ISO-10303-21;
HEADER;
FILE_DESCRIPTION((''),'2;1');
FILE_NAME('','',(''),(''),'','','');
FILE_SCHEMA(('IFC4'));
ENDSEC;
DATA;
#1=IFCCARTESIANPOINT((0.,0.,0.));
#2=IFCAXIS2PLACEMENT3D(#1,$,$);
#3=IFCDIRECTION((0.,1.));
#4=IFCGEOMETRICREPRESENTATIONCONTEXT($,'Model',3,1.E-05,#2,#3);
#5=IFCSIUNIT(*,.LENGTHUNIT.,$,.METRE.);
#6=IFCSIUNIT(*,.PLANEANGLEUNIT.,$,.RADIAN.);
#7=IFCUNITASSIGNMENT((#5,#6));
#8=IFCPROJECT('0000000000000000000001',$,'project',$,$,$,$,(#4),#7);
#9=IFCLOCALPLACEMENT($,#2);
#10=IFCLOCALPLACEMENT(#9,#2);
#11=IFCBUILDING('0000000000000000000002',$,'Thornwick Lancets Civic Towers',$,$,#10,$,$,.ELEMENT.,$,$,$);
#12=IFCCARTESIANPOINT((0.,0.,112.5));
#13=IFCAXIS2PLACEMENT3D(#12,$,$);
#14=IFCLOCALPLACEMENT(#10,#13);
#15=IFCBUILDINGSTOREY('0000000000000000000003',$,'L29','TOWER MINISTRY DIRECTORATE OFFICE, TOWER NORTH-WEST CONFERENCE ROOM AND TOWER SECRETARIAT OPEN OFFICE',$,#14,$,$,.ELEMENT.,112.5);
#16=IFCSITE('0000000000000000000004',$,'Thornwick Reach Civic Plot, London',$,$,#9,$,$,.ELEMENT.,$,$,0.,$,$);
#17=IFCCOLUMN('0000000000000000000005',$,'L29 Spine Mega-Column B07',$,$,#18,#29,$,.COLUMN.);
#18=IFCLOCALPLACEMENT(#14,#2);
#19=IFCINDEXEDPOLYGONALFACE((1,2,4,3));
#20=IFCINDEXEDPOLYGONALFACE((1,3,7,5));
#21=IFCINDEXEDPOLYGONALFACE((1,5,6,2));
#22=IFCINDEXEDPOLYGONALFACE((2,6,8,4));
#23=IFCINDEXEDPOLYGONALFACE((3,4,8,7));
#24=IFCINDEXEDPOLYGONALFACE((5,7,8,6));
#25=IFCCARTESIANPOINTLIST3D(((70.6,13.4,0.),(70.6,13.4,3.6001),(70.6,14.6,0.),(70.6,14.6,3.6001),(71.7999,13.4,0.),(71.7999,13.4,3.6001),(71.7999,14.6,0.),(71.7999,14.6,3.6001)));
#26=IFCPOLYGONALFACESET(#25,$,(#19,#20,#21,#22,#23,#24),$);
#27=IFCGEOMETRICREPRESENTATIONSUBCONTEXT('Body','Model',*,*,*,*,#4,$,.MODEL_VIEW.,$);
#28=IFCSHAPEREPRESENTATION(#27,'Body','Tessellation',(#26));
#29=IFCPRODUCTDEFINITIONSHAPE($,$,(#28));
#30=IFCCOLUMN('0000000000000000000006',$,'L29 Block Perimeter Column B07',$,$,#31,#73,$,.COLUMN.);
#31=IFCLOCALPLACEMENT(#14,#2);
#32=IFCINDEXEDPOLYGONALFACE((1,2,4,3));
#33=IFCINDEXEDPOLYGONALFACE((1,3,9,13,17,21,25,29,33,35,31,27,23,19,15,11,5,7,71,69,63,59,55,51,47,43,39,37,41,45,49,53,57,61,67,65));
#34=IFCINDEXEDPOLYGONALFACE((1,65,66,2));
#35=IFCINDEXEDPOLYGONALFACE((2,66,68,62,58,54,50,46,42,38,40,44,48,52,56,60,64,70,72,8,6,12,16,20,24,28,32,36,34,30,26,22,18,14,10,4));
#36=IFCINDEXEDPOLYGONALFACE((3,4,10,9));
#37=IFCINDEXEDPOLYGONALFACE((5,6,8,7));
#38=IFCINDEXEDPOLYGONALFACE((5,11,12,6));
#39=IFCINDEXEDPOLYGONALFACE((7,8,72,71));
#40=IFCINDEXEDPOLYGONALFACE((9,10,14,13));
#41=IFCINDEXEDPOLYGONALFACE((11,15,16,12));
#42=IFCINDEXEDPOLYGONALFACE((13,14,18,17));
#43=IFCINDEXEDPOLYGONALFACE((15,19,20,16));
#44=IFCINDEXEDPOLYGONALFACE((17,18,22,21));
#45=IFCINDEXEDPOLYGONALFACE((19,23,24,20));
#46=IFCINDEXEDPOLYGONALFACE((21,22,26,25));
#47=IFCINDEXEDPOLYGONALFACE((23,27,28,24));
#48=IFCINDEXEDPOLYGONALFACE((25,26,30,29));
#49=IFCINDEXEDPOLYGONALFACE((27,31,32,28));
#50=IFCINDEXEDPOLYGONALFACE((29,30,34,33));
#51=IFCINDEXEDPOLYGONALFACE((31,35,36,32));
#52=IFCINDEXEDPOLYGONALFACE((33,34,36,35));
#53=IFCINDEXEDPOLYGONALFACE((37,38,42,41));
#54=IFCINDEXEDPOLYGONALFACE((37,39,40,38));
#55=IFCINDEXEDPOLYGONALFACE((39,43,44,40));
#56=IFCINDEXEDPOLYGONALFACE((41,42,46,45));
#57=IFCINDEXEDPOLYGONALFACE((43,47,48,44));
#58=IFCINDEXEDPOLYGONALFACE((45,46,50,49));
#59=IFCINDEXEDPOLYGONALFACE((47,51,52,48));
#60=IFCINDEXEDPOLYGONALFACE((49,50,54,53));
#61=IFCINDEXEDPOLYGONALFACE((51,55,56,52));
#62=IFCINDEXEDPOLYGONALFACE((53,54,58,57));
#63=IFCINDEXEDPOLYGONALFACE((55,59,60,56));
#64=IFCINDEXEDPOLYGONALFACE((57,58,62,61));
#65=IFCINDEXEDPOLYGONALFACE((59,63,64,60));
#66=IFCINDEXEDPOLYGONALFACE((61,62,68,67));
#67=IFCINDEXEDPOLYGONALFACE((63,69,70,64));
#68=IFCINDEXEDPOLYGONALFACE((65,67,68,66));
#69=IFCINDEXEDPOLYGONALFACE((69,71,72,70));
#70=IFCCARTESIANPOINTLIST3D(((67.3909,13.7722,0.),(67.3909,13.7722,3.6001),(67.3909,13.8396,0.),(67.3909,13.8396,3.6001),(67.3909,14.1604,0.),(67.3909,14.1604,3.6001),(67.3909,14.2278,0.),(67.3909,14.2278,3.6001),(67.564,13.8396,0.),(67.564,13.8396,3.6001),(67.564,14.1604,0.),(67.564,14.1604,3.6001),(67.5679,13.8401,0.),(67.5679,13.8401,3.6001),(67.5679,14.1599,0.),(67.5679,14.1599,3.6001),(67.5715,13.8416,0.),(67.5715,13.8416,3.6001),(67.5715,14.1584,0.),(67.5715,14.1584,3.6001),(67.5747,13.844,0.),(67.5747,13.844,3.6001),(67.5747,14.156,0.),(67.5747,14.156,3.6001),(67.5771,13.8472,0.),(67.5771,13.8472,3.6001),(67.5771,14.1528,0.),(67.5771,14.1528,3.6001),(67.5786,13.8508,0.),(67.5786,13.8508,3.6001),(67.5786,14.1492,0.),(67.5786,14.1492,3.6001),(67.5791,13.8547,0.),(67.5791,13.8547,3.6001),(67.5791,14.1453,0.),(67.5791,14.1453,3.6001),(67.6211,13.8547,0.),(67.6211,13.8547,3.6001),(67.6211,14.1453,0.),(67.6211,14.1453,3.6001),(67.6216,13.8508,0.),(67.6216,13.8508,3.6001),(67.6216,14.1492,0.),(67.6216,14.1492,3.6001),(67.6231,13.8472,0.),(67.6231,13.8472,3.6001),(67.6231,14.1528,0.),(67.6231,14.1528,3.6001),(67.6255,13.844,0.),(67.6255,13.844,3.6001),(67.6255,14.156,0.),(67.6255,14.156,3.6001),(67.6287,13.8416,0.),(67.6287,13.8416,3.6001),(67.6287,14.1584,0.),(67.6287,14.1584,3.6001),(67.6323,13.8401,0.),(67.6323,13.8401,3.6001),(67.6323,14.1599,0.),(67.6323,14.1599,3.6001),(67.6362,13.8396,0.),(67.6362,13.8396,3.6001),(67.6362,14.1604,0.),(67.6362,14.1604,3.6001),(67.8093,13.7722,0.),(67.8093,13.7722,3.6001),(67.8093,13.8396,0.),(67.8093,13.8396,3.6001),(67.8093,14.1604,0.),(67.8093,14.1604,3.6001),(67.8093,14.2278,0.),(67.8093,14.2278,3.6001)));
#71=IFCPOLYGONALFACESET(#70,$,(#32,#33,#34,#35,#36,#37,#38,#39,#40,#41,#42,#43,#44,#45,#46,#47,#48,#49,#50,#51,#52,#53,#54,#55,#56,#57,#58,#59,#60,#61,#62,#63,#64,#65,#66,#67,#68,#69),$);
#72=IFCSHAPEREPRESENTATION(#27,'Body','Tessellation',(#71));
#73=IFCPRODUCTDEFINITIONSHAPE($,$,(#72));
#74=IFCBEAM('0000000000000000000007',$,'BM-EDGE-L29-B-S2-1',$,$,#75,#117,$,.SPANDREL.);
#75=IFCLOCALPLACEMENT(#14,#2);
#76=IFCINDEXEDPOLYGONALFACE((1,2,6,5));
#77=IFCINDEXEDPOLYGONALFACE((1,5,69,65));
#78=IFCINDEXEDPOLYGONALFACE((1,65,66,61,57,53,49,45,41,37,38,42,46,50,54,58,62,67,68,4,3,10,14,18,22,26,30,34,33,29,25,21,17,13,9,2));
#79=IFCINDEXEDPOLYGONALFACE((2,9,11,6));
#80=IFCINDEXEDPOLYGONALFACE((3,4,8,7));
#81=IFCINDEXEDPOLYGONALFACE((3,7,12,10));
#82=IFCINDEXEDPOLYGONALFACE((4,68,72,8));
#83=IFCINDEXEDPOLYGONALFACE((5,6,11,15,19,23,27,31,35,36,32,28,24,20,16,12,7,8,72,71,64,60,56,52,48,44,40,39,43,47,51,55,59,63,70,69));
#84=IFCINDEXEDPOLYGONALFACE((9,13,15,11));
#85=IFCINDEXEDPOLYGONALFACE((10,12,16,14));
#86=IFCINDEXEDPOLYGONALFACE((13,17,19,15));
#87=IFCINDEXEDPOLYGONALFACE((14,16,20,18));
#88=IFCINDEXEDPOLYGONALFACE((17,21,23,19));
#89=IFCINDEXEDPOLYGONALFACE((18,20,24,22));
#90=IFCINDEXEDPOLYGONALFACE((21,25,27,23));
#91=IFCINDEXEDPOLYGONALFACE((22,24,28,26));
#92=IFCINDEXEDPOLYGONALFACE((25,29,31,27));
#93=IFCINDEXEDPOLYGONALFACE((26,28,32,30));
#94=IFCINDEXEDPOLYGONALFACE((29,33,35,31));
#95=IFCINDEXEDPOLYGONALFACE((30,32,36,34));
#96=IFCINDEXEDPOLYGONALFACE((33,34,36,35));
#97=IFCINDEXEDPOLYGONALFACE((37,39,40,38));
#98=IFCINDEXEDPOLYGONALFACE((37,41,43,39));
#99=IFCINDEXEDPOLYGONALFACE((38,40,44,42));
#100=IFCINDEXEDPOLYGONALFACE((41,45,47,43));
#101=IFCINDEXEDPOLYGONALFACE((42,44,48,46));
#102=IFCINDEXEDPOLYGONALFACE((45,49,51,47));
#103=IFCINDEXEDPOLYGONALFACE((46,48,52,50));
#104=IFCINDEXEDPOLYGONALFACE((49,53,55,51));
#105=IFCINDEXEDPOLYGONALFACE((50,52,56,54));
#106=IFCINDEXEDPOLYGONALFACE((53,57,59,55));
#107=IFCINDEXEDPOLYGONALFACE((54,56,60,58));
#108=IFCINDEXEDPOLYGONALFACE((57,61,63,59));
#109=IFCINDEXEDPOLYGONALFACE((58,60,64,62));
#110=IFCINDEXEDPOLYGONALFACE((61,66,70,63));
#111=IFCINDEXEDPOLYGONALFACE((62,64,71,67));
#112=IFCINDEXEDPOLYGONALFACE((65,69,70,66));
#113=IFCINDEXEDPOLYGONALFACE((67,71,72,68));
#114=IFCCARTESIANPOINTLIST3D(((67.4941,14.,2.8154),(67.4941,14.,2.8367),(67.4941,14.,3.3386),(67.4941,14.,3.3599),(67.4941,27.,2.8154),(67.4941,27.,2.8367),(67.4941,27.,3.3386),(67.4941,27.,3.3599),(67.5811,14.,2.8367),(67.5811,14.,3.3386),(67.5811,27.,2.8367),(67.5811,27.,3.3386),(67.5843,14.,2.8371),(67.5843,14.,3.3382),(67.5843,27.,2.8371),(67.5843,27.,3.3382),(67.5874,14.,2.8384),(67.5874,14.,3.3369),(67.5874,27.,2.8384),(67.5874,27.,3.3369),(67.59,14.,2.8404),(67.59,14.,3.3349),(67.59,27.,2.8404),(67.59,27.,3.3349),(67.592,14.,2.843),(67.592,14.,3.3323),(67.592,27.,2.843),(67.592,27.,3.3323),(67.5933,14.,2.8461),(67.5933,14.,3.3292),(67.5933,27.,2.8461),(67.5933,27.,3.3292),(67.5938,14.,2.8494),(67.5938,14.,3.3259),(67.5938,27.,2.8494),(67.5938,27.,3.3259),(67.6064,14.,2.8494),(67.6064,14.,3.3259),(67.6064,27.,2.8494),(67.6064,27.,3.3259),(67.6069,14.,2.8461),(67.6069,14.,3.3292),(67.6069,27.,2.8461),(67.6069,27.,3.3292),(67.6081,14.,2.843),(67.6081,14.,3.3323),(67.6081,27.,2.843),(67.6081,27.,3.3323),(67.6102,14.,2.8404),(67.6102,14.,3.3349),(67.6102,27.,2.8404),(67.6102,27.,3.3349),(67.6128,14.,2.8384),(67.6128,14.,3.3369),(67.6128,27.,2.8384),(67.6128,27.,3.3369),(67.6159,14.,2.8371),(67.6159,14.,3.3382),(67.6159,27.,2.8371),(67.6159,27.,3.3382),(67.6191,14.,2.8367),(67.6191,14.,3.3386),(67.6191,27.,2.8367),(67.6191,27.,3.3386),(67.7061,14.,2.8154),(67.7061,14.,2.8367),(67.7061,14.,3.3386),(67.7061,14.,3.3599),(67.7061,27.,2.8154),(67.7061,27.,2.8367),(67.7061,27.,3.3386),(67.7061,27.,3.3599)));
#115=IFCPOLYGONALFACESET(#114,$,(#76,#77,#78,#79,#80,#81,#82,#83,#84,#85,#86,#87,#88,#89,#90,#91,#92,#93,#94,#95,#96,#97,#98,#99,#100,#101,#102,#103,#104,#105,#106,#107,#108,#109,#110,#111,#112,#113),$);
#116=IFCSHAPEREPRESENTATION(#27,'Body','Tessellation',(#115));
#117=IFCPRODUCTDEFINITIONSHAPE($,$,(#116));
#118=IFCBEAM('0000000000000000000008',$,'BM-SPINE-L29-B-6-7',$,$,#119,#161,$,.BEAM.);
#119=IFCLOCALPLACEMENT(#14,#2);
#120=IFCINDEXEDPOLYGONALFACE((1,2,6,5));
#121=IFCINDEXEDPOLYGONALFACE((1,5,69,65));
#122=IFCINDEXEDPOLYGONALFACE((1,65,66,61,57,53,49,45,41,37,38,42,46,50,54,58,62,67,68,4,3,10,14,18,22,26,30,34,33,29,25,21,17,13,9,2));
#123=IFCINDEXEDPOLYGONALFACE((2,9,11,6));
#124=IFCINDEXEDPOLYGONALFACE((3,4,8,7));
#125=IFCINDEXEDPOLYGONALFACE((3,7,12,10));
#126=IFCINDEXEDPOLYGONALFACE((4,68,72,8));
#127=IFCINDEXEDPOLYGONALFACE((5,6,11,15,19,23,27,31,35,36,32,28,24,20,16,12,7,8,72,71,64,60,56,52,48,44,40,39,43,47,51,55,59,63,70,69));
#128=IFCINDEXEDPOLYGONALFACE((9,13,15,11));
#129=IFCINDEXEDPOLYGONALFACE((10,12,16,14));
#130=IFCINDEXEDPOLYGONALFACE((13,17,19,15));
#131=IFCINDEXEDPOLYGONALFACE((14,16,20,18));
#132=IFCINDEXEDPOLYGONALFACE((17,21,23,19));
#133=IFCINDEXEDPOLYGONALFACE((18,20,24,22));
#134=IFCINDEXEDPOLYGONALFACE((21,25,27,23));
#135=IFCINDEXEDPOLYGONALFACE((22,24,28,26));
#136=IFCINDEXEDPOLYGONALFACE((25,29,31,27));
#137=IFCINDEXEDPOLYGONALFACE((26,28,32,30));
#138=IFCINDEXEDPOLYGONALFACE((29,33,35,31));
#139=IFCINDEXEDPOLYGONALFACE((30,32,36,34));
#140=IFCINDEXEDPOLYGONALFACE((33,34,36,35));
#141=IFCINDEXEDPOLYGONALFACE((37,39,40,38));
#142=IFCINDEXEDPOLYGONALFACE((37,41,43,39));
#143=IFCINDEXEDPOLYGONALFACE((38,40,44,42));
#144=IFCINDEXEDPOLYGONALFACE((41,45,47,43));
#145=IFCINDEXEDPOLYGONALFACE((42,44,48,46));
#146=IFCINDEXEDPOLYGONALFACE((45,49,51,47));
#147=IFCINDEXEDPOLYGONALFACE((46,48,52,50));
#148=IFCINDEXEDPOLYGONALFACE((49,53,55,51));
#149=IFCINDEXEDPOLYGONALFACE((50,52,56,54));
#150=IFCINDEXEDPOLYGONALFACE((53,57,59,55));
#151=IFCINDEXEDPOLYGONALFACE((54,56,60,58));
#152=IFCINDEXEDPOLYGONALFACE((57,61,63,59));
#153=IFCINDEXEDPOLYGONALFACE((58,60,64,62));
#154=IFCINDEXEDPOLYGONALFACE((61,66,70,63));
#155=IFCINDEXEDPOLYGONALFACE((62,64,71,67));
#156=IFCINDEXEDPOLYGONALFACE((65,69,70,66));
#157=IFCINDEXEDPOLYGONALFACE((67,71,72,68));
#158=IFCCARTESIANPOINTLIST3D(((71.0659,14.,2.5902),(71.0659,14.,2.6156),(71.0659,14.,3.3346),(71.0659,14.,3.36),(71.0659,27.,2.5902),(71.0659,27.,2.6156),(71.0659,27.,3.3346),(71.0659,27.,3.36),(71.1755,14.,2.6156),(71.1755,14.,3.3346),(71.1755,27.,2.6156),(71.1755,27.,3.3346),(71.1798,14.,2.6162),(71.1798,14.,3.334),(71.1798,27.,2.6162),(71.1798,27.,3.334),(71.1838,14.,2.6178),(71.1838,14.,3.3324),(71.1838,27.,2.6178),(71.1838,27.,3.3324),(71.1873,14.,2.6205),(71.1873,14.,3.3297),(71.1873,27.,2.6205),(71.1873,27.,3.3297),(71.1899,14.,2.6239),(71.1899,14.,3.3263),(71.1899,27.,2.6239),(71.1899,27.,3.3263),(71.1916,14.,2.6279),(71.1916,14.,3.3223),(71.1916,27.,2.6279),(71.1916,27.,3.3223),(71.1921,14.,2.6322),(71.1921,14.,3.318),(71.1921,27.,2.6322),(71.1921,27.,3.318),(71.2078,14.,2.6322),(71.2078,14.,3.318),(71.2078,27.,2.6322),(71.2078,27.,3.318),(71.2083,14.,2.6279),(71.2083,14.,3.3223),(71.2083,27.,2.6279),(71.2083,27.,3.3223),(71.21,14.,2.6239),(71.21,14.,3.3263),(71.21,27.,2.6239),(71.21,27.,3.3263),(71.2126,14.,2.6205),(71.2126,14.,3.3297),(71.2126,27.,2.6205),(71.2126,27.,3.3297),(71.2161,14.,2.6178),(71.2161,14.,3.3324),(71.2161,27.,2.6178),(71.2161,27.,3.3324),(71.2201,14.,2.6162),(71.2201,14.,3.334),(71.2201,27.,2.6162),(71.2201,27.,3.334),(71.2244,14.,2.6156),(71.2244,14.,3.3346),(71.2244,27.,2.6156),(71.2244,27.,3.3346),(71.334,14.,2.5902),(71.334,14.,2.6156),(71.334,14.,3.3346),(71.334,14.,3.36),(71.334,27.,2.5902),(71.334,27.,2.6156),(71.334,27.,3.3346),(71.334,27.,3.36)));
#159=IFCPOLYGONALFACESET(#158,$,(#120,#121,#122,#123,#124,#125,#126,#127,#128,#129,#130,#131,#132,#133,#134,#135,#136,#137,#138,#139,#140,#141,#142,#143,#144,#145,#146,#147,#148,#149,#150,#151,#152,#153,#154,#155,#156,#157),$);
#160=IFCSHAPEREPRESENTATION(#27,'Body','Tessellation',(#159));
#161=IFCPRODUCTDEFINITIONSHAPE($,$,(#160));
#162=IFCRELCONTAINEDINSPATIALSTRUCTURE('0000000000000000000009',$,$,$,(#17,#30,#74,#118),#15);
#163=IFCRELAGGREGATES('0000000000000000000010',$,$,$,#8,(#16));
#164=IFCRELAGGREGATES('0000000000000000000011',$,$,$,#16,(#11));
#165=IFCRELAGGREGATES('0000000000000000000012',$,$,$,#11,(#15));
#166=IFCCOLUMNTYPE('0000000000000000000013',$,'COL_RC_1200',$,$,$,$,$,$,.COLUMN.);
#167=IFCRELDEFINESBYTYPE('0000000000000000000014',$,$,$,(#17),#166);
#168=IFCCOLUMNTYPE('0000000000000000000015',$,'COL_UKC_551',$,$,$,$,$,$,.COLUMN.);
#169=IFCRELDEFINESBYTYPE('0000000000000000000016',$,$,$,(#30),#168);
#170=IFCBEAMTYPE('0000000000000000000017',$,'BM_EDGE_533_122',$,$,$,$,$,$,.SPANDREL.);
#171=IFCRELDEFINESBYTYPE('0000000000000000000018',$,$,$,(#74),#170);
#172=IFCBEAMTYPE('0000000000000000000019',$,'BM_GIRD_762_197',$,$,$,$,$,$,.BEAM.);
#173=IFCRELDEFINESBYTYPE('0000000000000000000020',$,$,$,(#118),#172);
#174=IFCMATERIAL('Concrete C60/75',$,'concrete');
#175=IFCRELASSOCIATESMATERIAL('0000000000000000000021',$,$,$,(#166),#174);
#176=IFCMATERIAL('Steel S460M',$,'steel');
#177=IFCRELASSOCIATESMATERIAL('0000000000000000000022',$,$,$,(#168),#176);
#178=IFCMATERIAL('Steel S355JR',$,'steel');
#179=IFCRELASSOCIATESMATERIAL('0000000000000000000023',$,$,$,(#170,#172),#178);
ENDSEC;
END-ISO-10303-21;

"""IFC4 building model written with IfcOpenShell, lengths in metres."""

from ifc_helpers import new_model, si_unit, direction, frame, origin, origin_2d, place, context, subcontext, project, spatial, rectangle, i_section, extrude, material, material_profile, profile_set, type_object, element, save


model = new_model("IFC4")

# Units and contexts
model_context = context("Model", 3, precision=1e-05, world=origin(), true_north=direction((0.0, 1.0)))
body_context = subcontext(model_context, "Body", "Model", "MODEL_VIEW")
ifc_project = project(units=[si_unit("LENGTHUNIT", "METRE"), si_unit("PLANEANGLEUNIT", "RADIAN")], contexts=[model_context])

# Site, building, storey
site_placement = place(None, origin())
site = spatial("IfcSite", under=ifc_project, at=site_placement, Name="Thornwick Reach Civic Plot, London", CompositionType="ELEMENT", RefElevation=0.0)
building_placement = place(site_placement, origin())
building = spatial("IfcBuilding", under=site, at=building_placement, Name="Thornwick Lancets Civic Towers", CompositionType="ELEMENT")
storey_placement = place(building_placement, frame((0.0, 0.0, 112.5)))
storey = spatial("IfcBuildingStorey", under=building, at=storey_placement, Name="L29", Description="TOWER MINISTRY DIRECTORATE OFFICE, TOWER NORTH-WEST CONFERENCE ROOM AND TOWER SECRETARIAT OPEN OFFICE", CompositionType="ELEMENT", Elevation=112.5)

# Columns
ifc_material_1 = material(Name="Concrete C60/75", Category="concrete")
ifc_material_profile_1 = material_profile(ifc_material_1, rectangle(XDim=1.2, YDim=1.2, at=origin_2d()), Name="RC 1200x1200")
ifc_profile_set_1 = profile_set([ifc_material_profile_1], Name="Concrete C60/75")
column_type_1 = type_object("IfcColumnType", Name="COL_RC_1200", PredefinedType="COLUMN", material=ifc_profile_set_1)
column_1_placement = place(storey_placement, frame((71.2, 14.0, 0.0), z_axis=(0.0, 0.0, 1.0), x_axis=(1.0, 0.0, 0.0)))
element("IfcColumn", 1, at=column_1_placement, inside=storey, type_object=column_type_1, Name="L29 Spine Mega-Column B07", PredefinedType="COLUMN", context=body_context, shape_type="SweptSolid", body=[
    extrude(rectangle(XDim=1.2, YDim=1.2, at=origin_2d()), origin(), (0.0, 0.0, 1.0), 3.6001),
])
ifc_material_2 = material(Name="Steel S460M", Category="steel")
ifc_material_profile_2 = material_profile(ifc_material_2, i_section(OverallWidth=0.4185, OverallDepth=0.4556, WebThickness=0.042, FlangeThickness=0.0674, FilletRadius=0.0151, at=origin_2d()), Name="UKC 356x406x551")
ifc_profile_set_2 = profile_set([ifc_material_profile_2], Name="Steel S460M")
column_type_2 = type_object("IfcColumnType", Name="COL_UKC_551", PredefinedType="COLUMN", material=ifc_profile_set_2)
column_2_placement = place(storey_placement, frame((67.6001, 14.0, 0.0), z_axis=(0.0, 0.0, 1.0), x_axis=(1.0, 0.0, 0.0)))
element("IfcColumn", 2, at=column_2_placement, inside=storey, type_object=column_type_2, Name="L29 Block Perimeter Column B07", PredefinedType="COLUMN", context=body_context, shape_type="SweptSolid", body=[
    extrude(i_section(OverallWidth=0.4185, OverallDepth=0.4556, WebThickness=0.042, FlangeThickness=0.0674, FilletRadius=0.0151, at=origin_2d()), origin(), (0.0, 0.0, 1.0), 3.6001),
])

# Beams
ifc_material_3 = material(Name="Steel S355JR", Category="steel")
ifc_material_profile_3 = material_profile(ifc_material_3, i_section(OverallWidth=0.2119, OverallDepth=0.5444, WebThickness=0.0127, FlangeThickness=0.0212, FilletRadius=0.0127, at=origin_2d()), Name="UKB 533x210x122")
ifc_profile_set_3 = profile_set([ifc_material_profile_3], Name="Steel S355JR")
beam_type_1 = type_object("IfcBeamType", Name="BM_EDGE_533_122", PredefinedType="SPANDREL", material=ifc_profile_set_3)
beam_1_placement = place(storey_placement, frame((67.6001, 14.0, 3.0876), z_axis=(0.0, 1.0, 0.0), x_axis=(-1.0, 0.0, 0.0)))
element("IfcBeam", 3, at=beam_1_placement, inside=storey, type_object=beam_type_1, Name="BM-EDGE-L29-B-S2-1", PredefinedType="SPANDREL", context=body_context, shape_type="SweptSolid", body=[
    extrude(i_section(OverallWidth=0.2119, OverallDepth=0.5444, WebThickness=0.0127, FlangeThickness=0.0212, FilletRadius=0.0127, at=origin_2d()), origin(), (0.0, 0.0, 1.0), 13.0),
])
ifc_material_profile_4 = material_profile(ifc_material_3, i_section(OverallWidth=0.2681, OverallDepth=0.7698, WebThickness=0.0156, FlangeThickness=0.0254, FilletRadius=0.0166, at=origin_2d()), Name="UKB 762x267x197")
ifc_profile_set_4 = profile_set([ifc_material_profile_4], Name="Steel S355JR")
beam_type_2 = type_object("IfcBeamType", Name="BM_GIRD_762_197", PredefinedType="BEAM", material=ifc_profile_set_4)
beam_2_placement = place(storey_placement, frame((71.2, 14.0, 2.9751), z_axis=(0.0, 1.0, 0.0), x_axis=(-1.0, 0.0, 0.0)))
element("IfcBeam", 4, at=beam_2_placement, inside=storey, type_object=beam_type_2, Name="BM-SPINE-L29-B-6-7", PredefinedType="BEAM", context=body_context, shape_type="SweptSolid", body=[
    extrude(i_section(OverallWidth=0.2681, OverallDepth=0.7698, WebThickness=0.0156, FlangeThickness=0.0254, FilletRadius=0.0166, at=origin_2d()), origin(), (0.0, 0.0, 1.0), 13.0),
])

save(model, "model.ifc")
